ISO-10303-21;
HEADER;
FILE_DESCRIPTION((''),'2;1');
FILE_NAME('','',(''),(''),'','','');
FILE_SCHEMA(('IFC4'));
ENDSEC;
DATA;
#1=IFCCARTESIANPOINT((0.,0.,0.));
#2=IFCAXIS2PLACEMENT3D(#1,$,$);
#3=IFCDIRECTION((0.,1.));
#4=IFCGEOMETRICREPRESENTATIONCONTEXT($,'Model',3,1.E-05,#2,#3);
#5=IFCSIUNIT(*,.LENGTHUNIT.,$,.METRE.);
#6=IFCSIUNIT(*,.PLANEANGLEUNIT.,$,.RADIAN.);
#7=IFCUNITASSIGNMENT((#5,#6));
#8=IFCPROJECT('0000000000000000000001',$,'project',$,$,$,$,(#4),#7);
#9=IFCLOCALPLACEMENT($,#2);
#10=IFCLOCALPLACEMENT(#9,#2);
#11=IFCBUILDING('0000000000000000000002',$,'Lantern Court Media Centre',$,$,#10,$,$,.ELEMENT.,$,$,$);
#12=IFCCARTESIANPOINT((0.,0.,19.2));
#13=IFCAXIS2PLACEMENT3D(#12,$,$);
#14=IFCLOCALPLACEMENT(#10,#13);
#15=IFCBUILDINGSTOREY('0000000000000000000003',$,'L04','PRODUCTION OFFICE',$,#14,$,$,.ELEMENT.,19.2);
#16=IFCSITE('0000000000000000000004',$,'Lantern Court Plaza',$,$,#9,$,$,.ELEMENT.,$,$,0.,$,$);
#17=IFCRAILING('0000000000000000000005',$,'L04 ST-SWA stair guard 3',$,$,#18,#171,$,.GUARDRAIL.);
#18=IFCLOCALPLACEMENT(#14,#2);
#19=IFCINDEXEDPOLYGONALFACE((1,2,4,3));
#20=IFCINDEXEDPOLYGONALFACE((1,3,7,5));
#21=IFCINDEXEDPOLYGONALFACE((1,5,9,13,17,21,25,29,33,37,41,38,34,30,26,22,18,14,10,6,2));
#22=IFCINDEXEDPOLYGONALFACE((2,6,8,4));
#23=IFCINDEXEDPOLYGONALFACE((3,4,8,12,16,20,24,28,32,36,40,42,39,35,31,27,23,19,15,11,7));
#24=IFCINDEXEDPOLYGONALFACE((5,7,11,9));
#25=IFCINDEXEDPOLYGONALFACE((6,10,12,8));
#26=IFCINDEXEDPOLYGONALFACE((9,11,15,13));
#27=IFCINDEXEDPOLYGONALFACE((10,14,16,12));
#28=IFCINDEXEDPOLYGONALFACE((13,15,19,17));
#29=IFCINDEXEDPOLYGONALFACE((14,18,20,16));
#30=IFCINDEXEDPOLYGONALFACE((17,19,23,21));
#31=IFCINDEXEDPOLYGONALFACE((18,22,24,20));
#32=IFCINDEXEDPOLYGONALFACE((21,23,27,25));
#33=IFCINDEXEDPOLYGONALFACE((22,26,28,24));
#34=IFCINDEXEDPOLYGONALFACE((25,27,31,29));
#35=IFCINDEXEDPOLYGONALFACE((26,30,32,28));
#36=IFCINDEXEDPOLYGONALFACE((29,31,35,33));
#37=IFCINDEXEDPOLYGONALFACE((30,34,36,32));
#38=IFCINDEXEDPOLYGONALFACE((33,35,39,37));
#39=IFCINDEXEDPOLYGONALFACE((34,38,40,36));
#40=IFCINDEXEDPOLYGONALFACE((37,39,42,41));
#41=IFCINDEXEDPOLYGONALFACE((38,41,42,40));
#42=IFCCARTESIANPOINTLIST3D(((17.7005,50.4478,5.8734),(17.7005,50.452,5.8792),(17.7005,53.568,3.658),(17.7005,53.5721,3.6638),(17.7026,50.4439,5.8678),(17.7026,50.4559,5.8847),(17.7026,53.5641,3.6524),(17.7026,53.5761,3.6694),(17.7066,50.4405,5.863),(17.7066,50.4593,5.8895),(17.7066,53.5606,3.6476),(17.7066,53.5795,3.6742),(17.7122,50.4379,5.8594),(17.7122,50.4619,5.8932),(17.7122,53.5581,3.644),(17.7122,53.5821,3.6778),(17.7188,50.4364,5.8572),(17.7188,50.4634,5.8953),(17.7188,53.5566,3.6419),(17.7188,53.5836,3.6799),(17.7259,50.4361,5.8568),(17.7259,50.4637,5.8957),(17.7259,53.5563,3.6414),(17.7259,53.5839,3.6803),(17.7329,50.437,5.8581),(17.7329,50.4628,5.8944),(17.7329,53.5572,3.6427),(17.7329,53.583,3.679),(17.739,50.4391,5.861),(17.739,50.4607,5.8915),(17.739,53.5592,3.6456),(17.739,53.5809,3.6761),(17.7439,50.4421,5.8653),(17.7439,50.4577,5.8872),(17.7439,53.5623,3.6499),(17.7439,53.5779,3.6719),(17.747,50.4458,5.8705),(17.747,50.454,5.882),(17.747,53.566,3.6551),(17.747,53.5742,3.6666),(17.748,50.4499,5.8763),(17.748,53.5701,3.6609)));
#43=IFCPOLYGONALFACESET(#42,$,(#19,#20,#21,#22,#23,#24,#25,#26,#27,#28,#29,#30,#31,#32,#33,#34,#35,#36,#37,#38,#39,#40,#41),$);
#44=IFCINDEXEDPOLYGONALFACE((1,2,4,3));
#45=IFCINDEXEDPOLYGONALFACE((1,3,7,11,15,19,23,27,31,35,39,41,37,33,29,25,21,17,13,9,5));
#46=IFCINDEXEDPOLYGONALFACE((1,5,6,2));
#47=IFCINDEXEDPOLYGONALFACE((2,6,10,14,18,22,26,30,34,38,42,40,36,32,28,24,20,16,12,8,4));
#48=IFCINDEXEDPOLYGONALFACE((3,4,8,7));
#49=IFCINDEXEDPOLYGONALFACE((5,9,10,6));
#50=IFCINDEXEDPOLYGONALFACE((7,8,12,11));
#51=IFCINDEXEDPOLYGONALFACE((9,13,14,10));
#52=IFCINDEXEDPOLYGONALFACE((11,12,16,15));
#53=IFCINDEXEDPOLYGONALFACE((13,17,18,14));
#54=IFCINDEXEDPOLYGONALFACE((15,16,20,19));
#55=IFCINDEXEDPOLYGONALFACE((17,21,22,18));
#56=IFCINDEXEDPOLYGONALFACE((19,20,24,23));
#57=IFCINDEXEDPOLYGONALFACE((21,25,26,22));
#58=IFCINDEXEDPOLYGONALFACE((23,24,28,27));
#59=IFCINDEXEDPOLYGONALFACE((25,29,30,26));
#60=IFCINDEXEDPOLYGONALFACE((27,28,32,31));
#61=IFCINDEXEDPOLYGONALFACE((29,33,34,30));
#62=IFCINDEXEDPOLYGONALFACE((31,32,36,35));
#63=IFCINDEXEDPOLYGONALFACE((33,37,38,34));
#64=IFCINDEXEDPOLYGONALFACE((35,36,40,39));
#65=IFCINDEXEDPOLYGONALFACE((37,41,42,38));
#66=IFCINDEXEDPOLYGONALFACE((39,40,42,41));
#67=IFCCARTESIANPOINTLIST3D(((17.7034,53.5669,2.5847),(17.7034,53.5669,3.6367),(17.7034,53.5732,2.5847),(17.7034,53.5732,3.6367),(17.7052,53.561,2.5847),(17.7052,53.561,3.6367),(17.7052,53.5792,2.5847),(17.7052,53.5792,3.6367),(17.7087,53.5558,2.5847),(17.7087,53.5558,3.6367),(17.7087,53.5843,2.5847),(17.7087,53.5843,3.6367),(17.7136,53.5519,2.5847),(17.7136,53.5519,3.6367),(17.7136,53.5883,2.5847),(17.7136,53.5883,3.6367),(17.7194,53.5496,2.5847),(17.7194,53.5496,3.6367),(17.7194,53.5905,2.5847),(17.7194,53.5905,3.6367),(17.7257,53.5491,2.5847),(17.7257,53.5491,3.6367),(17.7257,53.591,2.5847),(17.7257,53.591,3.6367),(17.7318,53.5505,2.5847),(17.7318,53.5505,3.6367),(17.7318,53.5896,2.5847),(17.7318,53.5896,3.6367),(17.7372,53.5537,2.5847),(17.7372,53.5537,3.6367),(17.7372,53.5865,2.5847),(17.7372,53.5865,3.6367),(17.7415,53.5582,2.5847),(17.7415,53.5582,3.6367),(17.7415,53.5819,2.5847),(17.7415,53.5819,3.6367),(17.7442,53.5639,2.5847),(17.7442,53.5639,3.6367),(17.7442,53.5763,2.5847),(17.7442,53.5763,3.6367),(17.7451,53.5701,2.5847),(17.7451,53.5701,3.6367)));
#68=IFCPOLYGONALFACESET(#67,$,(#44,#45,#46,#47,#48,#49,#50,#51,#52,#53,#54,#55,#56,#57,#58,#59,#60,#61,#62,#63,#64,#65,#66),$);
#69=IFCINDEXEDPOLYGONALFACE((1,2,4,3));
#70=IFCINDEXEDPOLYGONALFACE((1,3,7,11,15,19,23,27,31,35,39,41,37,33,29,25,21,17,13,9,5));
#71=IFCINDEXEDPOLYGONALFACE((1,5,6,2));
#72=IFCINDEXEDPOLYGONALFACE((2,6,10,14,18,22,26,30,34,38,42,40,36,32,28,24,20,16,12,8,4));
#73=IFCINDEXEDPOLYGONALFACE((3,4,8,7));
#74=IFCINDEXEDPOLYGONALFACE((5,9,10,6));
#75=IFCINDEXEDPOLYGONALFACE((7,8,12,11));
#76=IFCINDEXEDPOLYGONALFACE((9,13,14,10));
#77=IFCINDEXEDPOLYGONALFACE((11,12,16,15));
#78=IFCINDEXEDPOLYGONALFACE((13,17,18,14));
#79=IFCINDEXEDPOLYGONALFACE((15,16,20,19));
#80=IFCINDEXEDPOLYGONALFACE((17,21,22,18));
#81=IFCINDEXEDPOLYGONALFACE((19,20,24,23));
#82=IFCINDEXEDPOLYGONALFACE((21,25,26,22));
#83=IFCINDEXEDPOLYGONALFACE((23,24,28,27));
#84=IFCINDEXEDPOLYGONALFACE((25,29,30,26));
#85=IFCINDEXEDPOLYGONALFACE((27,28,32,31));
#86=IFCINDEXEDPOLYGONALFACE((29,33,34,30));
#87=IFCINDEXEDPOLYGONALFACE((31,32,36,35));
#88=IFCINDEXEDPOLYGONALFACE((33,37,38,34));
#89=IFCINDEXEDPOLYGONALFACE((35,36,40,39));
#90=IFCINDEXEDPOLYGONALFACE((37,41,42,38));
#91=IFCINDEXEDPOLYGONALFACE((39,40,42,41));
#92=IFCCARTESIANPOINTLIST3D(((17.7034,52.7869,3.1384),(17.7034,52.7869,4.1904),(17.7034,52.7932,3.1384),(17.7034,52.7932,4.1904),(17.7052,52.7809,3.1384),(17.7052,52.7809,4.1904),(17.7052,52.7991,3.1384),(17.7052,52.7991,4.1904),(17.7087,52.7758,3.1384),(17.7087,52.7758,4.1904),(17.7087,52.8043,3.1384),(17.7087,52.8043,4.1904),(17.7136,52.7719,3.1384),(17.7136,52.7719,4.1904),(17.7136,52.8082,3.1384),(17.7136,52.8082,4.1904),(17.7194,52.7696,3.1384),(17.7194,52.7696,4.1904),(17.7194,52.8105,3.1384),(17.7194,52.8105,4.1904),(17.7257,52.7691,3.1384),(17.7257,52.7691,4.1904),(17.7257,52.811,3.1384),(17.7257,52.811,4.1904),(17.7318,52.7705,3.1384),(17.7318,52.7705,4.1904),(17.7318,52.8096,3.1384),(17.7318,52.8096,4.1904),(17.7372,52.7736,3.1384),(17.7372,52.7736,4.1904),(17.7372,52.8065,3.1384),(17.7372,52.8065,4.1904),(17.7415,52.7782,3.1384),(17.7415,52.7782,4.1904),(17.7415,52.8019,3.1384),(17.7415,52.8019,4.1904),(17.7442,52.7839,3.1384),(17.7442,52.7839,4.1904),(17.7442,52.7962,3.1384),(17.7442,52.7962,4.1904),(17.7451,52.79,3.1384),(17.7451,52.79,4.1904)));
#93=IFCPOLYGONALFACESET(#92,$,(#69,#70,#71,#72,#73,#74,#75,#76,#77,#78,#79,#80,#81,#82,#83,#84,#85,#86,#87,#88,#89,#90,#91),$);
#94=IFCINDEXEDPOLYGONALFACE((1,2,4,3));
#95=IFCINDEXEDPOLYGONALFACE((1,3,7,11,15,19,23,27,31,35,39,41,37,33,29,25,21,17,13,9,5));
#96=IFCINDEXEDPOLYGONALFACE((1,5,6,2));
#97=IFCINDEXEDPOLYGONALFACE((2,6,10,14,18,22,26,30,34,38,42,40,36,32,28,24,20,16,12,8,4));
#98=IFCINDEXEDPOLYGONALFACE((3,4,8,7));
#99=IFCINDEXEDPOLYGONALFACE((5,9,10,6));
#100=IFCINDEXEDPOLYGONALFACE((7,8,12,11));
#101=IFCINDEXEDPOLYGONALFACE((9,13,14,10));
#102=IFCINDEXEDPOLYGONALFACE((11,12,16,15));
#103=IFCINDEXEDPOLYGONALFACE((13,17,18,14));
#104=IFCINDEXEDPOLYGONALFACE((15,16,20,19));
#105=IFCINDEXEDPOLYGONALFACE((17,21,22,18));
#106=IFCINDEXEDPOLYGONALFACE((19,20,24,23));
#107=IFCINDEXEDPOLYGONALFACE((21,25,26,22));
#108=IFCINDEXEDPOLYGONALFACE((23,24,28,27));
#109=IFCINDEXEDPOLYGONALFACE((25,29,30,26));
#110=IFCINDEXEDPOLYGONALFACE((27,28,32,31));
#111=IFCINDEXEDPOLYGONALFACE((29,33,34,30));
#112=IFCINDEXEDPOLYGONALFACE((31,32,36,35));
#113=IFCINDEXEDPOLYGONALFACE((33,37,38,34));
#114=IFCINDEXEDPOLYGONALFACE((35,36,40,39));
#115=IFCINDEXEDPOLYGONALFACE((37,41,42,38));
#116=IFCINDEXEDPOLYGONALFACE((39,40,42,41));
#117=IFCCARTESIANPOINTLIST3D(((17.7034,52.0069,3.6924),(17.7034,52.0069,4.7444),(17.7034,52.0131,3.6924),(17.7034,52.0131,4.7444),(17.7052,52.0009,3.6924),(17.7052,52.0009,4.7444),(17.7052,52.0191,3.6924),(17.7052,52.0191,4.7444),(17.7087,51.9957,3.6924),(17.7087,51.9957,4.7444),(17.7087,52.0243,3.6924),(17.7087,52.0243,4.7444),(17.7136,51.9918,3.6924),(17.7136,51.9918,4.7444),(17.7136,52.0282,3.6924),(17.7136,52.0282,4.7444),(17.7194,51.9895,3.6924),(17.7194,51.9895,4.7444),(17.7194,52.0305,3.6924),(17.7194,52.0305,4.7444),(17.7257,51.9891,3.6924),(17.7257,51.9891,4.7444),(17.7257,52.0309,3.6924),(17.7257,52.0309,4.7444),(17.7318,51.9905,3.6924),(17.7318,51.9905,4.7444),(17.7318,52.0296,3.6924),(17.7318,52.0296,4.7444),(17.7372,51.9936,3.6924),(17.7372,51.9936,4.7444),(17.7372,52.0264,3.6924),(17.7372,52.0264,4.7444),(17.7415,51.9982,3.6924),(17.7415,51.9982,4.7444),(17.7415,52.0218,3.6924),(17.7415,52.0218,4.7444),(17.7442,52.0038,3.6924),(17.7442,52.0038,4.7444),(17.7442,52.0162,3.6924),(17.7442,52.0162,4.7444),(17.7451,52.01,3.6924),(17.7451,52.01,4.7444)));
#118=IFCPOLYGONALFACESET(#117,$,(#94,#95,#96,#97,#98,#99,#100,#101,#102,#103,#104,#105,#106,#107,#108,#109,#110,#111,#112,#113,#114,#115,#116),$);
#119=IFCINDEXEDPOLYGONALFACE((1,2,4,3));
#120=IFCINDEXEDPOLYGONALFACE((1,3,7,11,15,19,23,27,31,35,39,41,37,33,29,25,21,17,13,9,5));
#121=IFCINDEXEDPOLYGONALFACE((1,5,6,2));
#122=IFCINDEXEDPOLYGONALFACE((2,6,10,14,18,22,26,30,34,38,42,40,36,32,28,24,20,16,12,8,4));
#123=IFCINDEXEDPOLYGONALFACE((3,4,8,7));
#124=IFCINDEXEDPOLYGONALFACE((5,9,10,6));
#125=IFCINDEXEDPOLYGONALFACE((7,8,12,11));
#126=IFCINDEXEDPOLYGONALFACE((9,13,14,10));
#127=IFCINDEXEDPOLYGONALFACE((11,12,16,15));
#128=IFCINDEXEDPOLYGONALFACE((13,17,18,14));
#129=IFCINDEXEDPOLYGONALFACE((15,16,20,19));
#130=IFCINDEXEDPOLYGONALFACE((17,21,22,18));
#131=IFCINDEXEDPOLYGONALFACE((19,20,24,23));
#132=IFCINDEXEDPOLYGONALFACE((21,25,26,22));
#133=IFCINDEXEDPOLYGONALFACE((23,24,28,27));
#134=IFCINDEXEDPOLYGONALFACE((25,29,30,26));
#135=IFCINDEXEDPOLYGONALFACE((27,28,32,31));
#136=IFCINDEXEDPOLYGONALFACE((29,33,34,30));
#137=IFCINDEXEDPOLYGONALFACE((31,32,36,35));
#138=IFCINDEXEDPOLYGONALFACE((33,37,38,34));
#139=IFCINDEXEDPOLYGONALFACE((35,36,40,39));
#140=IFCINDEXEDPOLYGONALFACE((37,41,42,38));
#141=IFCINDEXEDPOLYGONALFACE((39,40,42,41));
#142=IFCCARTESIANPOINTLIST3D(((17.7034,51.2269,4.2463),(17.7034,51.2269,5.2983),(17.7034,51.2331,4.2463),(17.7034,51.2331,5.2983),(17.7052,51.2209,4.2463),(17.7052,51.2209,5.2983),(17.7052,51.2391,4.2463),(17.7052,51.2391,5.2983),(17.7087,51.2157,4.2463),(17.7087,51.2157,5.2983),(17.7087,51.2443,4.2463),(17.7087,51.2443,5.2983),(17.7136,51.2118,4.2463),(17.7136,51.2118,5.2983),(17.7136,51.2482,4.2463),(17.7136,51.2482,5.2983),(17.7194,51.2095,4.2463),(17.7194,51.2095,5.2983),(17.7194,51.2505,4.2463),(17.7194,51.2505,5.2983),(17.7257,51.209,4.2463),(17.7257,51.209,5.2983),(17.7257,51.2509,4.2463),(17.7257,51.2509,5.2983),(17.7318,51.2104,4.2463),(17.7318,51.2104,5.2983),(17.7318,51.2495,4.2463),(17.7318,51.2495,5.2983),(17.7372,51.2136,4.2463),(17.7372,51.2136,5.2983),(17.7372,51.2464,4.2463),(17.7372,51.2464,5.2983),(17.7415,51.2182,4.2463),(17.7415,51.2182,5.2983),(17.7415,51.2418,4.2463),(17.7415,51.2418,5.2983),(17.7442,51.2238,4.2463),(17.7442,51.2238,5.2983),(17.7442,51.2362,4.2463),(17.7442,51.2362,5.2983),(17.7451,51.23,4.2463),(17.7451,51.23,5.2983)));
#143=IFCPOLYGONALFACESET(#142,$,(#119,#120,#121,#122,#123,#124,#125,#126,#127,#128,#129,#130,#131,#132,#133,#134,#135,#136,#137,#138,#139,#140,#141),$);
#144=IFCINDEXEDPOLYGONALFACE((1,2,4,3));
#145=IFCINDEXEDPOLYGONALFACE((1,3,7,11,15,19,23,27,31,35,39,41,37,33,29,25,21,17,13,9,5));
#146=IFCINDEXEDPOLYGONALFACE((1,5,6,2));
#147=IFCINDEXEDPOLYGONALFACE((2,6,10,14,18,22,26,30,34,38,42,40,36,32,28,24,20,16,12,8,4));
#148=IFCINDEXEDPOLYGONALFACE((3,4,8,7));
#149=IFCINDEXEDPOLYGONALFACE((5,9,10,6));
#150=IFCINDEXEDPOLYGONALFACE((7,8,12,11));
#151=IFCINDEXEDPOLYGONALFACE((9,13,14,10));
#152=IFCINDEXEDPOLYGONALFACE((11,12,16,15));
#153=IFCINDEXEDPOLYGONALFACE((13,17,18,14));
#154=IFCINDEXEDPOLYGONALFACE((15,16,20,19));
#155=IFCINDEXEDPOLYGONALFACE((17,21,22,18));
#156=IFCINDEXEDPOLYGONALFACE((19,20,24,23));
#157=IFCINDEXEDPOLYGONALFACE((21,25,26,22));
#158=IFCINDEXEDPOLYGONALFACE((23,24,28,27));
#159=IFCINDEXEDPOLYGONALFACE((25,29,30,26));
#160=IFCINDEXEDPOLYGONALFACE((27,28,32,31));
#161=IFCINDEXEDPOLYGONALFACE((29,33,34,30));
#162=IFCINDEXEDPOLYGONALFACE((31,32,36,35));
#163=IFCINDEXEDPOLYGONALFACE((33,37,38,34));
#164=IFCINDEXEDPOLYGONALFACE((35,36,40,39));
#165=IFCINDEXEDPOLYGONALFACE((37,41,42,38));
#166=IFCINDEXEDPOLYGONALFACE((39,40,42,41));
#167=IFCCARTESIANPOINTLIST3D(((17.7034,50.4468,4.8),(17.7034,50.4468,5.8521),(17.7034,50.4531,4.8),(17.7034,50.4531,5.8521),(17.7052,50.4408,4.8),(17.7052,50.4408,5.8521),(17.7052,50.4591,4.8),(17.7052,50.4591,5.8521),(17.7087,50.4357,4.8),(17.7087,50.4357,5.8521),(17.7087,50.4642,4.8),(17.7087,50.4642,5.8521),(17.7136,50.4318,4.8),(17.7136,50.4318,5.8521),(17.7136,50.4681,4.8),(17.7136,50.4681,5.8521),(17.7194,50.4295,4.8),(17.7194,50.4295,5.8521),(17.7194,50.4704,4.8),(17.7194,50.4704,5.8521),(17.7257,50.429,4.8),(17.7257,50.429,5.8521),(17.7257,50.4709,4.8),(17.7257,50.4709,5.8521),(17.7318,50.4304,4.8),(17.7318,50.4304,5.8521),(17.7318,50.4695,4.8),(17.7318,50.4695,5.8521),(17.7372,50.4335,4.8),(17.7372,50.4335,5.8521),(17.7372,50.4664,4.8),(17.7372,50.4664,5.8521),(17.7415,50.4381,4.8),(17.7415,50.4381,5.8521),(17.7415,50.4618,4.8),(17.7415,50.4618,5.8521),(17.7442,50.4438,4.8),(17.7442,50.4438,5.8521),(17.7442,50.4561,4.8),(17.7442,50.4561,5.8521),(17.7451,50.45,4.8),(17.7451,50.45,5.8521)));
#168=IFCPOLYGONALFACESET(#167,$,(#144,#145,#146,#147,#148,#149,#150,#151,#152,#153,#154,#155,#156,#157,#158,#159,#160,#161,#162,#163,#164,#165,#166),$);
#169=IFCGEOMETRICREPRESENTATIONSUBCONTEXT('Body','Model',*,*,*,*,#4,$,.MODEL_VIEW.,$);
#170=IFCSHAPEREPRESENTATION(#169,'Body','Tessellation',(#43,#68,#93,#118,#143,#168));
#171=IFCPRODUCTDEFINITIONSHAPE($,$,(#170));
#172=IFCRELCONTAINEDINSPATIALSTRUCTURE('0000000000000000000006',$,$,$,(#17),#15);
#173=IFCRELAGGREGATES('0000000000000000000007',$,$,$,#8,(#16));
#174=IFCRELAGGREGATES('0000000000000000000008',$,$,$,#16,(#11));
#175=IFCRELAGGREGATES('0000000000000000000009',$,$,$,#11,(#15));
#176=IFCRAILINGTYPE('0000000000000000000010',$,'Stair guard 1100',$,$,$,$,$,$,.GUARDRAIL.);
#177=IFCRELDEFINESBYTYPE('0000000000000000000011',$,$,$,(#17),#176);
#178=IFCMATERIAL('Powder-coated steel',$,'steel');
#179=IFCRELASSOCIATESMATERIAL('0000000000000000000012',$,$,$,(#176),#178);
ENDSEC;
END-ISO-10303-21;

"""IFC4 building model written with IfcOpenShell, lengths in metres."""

from ifc_helpers import new_model, si_unit, direction, frame, origin, origin_2d, place, context, subcontext, project, spatial, circle, extrude, material, type_object, element, save


model = new_model("IFC4")

# Units and contexts
model_context = context("Model", 3, precision=1e-05, world=origin(), true_north=direction((0.0, 1.0)))
body_context = subcontext(model_context, "Body", "Model", "MODEL_VIEW")
ifc_project = project(units=[si_unit("LENGTHUNIT", "METRE"), si_unit("PLANEANGLEUNIT", "RADIAN")], contexts=[model_context])

# Site, building, storey
site_placement = place(None, origin())
site = spatial("IfcSite", under=ifc_project, at=site_placement, Name="Lantern Court Plaza", CompositionType="ELEMENT", RefElevation=0.0)
building_placement = place(site_placement, origin())
building = spatial("IfcBuilding", under=site, at=building_placement, Name="Lantern Court Media Centre", CompositionType="ELEMENT")
storey_placement = place(building_placement, frame((0.0, 0.0, 19.2)))
storey = spatial("IfcBuildingStorey", under=building, at=storey_placement, Name="L04", Description="PRODUCTION OFFICE", CompositionType="ELEMENT", Elevation=19.2)

# Railing
ifc_material_1 = material(Name="Powder-coated steel", Category="steel")
railing_type_1 = type_object("IfcRailingType", Name="Stair guard 1100", PredefinedType="GUARDRAIL", material=ifc_material_1)
railing_1_placement = place(storey_placement, frame((17.7241, 53.5701, 2.5847)))
element("IfcRailing", 1, at=railing_1_placement, inside=storey, type_object=railing_type_1, Name="L04 ST-SWA stair guard 3", PredefinedType="GUARDRAIL", context=body_context, shape_type="SweptSolid", body=[
    extrude(circle(Radius=0.0239, at=origin_2d()), frame((0.0, 0.0, 1.0762), z_axis=(0.0, -0.815377, 0.57893), x_axis=(1.0, 0.0, 0.0)), (0.0, 0.0, 1.0), 3.8267),
    extrude(circle(Radius=0.021, at=origin_2d()), origin(), (0.0, 0.0, 1.0), 1.052),
    extrude(circle(Radius=0.021, at=origin_2d()), frame((0.0, -0.78, 0.5537)), (0.0, 0.0, 1.0), 1.052),
    extrude(circle(Radius=0.021, at=origin_2d()), frame((0.0, -1.5601, 1.1077)), (0.0, 0.0, 1.0), 1.052),
    extrude(circle(Radius=0.021, at=origin_2d()), frame((0.0, -2.3401, 1.6616)), (0.0, 0.0, 1.0), 1.052),
    extrude(circle(Radius=0.021, at=origin_2d()), frame((0.0, -3.1201, 2.2153)), (0.0, 0.0, 1.0), 1.052),
])

save(model, "model.ifc")
